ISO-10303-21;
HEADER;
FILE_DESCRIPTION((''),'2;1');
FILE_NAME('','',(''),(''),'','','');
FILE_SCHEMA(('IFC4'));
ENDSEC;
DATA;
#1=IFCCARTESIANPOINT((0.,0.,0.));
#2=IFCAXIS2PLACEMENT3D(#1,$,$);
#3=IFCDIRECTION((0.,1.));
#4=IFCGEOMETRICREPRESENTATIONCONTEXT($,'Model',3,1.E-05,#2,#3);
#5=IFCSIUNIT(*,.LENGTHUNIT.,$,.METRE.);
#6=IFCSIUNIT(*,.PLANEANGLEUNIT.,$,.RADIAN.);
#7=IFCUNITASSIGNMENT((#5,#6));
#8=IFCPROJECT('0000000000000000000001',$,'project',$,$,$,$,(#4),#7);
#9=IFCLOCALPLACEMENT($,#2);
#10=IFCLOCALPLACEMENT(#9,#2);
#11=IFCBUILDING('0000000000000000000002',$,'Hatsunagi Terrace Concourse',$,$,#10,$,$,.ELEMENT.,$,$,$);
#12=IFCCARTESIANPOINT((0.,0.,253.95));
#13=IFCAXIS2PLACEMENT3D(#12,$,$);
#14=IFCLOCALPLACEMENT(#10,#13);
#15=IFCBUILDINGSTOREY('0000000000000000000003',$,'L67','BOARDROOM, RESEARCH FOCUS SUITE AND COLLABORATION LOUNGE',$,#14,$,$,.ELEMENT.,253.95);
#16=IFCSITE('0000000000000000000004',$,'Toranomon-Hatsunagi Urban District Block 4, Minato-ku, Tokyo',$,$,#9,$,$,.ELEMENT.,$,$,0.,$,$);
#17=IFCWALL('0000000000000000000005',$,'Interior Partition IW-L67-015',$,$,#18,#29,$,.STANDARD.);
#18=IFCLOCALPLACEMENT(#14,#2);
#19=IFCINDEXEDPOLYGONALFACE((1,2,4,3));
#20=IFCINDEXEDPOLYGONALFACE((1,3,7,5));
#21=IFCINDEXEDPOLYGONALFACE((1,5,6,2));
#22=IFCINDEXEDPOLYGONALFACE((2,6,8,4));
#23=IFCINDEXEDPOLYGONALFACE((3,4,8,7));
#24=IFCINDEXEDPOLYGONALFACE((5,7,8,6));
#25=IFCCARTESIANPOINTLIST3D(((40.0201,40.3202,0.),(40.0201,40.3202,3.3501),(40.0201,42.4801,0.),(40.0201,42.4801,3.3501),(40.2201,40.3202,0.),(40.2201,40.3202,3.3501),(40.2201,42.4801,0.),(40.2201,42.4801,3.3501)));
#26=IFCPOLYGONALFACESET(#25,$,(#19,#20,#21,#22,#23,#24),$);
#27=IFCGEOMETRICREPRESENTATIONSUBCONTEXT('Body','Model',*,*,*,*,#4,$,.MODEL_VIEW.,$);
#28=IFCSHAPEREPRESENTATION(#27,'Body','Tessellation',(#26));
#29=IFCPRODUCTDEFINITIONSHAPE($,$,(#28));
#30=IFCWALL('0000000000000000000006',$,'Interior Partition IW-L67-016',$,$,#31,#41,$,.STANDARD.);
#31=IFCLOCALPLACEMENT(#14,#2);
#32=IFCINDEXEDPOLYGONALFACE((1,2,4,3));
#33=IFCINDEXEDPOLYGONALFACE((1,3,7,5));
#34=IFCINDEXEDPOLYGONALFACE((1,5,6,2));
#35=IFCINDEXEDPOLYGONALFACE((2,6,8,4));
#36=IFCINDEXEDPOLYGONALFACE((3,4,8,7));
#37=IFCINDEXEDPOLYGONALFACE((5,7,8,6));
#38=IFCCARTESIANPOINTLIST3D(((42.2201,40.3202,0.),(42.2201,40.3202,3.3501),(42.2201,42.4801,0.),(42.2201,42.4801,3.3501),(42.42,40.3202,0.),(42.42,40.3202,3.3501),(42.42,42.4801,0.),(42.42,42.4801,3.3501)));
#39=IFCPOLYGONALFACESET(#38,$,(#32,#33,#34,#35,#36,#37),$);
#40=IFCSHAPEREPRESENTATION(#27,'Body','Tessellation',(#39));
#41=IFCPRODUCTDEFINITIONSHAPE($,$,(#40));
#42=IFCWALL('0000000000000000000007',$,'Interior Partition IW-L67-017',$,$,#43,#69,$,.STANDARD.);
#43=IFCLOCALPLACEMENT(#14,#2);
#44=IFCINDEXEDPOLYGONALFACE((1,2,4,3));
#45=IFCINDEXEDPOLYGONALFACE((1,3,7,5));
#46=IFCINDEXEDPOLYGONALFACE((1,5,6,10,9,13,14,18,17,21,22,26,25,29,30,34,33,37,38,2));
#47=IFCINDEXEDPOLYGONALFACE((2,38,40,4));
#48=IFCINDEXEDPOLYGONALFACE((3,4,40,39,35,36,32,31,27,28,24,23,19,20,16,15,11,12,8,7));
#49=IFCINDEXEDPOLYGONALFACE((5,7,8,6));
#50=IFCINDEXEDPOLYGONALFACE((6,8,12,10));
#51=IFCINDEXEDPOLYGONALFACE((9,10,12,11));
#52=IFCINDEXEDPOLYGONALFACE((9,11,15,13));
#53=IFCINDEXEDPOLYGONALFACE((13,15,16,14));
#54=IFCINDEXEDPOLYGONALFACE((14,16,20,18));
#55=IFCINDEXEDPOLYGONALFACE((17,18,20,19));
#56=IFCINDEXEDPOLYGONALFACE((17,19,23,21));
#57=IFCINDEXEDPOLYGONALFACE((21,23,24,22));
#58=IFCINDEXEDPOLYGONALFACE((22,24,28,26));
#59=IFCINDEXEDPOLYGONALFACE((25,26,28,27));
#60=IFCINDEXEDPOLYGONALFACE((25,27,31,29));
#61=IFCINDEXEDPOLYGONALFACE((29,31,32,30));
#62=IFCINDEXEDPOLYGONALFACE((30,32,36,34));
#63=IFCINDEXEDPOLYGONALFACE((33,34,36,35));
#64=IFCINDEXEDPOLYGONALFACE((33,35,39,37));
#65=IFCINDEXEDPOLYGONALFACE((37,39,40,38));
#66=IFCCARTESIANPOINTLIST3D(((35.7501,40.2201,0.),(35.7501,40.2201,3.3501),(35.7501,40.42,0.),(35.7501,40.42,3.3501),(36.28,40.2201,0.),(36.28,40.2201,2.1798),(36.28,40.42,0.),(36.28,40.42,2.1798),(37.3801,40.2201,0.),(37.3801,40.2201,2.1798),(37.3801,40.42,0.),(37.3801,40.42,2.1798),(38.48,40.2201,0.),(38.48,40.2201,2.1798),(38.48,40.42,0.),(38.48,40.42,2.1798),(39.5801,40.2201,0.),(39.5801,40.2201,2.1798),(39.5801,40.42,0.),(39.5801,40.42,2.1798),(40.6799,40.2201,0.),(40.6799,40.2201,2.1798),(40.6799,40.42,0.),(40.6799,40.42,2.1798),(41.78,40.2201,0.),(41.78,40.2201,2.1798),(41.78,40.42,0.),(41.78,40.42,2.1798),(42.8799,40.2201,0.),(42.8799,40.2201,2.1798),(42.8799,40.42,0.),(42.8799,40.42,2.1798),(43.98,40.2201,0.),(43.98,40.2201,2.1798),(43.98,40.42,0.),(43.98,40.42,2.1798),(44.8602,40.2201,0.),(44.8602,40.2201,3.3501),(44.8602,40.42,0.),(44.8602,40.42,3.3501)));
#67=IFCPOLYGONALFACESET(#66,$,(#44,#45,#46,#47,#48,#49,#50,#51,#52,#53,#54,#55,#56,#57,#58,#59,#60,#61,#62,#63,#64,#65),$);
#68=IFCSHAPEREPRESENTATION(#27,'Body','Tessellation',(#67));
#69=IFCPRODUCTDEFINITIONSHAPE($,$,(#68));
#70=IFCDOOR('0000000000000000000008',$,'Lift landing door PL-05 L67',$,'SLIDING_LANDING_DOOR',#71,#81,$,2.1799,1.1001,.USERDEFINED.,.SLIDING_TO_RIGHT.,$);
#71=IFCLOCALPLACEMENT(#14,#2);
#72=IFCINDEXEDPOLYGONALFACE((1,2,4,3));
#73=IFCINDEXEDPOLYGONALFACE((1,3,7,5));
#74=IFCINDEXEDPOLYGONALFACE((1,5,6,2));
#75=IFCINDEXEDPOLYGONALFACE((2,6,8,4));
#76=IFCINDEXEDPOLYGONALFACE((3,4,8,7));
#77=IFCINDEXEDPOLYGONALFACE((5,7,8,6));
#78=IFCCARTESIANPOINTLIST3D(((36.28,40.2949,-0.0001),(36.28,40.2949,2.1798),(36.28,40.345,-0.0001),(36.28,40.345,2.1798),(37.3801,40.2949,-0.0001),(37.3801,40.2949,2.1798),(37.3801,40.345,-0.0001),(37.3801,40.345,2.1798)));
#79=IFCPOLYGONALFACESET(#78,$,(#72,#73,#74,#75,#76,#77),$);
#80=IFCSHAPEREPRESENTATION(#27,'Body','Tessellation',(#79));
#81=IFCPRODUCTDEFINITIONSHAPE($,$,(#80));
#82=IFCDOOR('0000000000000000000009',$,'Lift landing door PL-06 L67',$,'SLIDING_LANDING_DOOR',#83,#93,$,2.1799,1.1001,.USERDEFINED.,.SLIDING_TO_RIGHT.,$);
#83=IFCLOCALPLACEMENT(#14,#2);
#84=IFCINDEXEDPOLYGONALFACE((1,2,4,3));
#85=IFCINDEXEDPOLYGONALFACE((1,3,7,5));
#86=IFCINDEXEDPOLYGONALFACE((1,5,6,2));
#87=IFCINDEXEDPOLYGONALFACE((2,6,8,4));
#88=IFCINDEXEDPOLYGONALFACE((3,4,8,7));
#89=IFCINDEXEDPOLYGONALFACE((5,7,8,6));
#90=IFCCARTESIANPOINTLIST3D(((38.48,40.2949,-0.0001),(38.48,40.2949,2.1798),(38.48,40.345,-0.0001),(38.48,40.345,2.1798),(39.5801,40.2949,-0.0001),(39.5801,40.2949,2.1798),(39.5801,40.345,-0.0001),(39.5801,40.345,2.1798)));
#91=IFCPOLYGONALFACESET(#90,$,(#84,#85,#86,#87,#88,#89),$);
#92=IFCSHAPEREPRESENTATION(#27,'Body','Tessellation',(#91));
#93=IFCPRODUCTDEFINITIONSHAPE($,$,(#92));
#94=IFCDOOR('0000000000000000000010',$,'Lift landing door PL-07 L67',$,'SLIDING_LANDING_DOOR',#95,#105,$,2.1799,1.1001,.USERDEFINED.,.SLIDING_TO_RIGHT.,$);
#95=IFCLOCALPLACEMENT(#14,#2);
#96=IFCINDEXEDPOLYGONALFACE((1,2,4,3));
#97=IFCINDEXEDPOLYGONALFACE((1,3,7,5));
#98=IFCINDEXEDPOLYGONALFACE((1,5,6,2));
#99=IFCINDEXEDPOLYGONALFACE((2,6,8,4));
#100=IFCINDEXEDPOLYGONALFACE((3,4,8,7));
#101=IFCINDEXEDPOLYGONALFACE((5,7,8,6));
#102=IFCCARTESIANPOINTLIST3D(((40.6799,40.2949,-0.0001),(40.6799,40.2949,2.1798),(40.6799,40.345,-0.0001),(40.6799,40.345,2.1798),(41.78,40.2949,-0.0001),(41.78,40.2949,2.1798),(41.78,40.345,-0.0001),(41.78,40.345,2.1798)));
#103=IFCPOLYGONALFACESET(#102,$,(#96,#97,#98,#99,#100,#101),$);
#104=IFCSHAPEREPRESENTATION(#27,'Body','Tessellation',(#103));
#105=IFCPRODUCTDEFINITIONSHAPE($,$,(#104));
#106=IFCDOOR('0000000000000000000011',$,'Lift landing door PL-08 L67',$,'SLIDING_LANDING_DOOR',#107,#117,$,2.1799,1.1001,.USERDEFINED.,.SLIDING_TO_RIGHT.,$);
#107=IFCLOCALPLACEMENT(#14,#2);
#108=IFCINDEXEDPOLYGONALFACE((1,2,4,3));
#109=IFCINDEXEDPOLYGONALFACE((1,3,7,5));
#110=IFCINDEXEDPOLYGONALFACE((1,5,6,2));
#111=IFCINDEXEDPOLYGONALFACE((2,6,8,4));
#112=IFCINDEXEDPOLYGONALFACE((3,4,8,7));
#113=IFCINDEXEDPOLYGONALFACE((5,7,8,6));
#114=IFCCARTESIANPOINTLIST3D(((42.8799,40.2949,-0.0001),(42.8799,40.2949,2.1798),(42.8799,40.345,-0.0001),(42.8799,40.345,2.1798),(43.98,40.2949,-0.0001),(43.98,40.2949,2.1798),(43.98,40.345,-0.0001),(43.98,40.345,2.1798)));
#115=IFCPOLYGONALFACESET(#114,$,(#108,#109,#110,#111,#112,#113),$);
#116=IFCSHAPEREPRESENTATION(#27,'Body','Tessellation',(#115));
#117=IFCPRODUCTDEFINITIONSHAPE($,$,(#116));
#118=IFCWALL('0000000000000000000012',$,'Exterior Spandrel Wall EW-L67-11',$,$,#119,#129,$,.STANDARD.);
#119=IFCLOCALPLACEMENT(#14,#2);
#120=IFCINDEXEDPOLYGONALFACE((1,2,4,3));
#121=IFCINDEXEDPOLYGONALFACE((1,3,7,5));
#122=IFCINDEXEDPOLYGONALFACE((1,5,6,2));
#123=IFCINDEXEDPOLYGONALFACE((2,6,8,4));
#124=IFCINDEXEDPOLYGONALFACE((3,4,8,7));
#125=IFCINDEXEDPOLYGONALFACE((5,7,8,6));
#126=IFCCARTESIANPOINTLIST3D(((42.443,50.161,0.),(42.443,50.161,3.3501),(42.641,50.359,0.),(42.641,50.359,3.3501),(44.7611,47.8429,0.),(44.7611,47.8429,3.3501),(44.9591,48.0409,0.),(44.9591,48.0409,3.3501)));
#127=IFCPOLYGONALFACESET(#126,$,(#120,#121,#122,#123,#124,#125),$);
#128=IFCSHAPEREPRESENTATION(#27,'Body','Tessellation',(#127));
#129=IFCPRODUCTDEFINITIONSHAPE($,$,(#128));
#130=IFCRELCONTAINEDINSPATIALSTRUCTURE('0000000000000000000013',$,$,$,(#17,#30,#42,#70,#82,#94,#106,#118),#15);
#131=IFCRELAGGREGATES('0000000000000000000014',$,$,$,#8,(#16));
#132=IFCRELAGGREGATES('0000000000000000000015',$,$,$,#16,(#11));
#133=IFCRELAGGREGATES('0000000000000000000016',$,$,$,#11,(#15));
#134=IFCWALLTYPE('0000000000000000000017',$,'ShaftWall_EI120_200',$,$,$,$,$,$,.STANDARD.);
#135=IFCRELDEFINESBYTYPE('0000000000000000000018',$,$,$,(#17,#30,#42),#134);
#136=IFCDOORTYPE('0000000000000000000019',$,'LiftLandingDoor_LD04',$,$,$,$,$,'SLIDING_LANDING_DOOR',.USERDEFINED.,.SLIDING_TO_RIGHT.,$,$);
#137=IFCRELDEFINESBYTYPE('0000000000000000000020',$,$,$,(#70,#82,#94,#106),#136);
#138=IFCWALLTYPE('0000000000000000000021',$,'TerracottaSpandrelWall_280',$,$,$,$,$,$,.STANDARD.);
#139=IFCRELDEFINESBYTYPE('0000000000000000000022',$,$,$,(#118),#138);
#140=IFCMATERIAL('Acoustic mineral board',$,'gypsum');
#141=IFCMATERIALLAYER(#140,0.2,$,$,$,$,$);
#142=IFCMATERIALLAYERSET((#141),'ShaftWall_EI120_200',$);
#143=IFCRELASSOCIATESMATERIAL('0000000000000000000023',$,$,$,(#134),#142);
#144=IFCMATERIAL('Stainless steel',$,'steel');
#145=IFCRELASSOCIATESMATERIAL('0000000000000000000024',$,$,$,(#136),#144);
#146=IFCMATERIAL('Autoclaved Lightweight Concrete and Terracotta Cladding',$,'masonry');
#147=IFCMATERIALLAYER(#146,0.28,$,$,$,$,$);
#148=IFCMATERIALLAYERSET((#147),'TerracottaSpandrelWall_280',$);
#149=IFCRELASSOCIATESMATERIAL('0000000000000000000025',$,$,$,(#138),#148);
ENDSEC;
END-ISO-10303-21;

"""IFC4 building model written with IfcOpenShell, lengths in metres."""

from ifc_helpers import new_model, si_unit, direction, frame, frame_2d, origin, place, context, subcontext, project, spatial, rectangle, extrude, material, layer, layer_set, type_object, element, fill, save


model = new_model("IFC4")

# Units and contexts
model_context = context("Model", 3, precision=1e-05, world=origin(), true_north=direction((0.0, 1.0)))
body_context = subcontext(model_context, "Body", "Model", "MODEL_VIEW")
ifc_project = project(units=[si_unit("LENGTHUNIT", "METRE"), si_unit("PLANEANGLEUNIT", "RADIAN")], contexts=[model_context])

# Site, building, storey
site_placement = place(None, origin())
site = spatial("IfcSite", under=ifc_project, at=site_placement, Name="Toranomon-Hatsunagi Urban District Block 4, Minato-ku, Tokyo", CompositionType="ELEMENT", RefElevation=0.0)
building_placement = place(site_placement, origin())
building = spatial("IfcBuilding", under=site, at=building_placement, Name="Hatsunagi Terrace Concourse", CompositionType="ELEMENT")
storey_placement = place(building_placement, frame((0.0, 0.0, 253.95)))
storey = spatial("IfcBuildingStorey", under=building, at=storey_placement, Name="L67", Description="BOARDROOM, RESEARCH FOCUS SUITE AND COLLABORATION LOUNGE", CompositionType="ELEMENT", Elevation=253.95)

# Walls
ifc_material_1 = material(Name="Acoustic mineral board", Category="gypsum")
ifc_layer_1 = layer(ifc_material_1, 0.2)
ifc_layer_set_1 = layer_set([ifc_layer_1], Name="ShaftWall_EI120_200")
wall_type_1 = type_object("IfcWallType", Name="ShaftWall_EI120_200", PredefinedType="STANDARD", material=ifc_layer_set_1)
for number, where, z_axis, x_axis, name in (
    (1, (40.1201, 40.3201, 0.0), (0.0, 0.0, 1.0), (0.0, 1.0, 0.0), "Interior Partition IW-L67-015"),
    (2, (42.3201, 40.3201, 0.0), (0.0, 0.0, 1.0), (0.0, 1.0, 0.0), "Interior Partition IW-L67-016"),
):
    element("IfcWall", number, at=place(storey_placement, frame(where, z_axis=z_axis, x_axis=x_axis)), inside=storey, type_object=wall_type_1, Name=name, PredefinedType="STANDARD", context=body_context, shape_type="SweptSolid", body=[
        extrude(rectangle(XDim=2.1599, YDim=0.2, at=frame_2d((1.0801, 0.0))), origin(), (0.0, 0.0, 1.0), 3.3501),
    ])

# Wall, openings, doors
wall_1_placement = place(storey_placement, frame((35.75, 40.3201, 0.0), z_axis=(0.0, 0.0, 1.0), x_axis=(1.0, 0.0, 0.0)))
wall_1 = element("IfcWall", 3, at=wall_1_placement, inside=storey, type_object=wall_type_1, Name="Interior Partition IW-L67-017", PredefinedType="STANDARD", context=body_context, shape_type="SweptSolid", body=[
    extrude(rectangle(XDim=9.1101, YDim=0.2, at=frame_2d((4.5552, 0.0))), origin(), (0.0, 0.0, 1.0), 3.3501),
])
opening_1_placement = place(wall_1_placement, frame((0.53, 0.0, 0.0)))
opening_1 = element("IfcOpeningElement", 4, at=opening_1_placement, cuts=wall_1, PredefinedType="OPENING", context=body_context, shape_type="SweptSolid", body=[
    extrude(rectangle(XDim=1.1001, YDim=2.1799, at=frame_2d((0.55, 1.0898))), frame((0.0, 0.1099, 0.0), z_axis=(0.0, -1.0, 0.0), x_axis=(1.0, 0.0, 0.0)), (0.0, 0.0, 1.0), 0.22),
])
opening_2_placement = place(wall_1_placement, frame((2.73, 0.0, 0.0)))
opening_2 = element("IfcOpeningElement", 5, at=opening_2_placement, cuts=wall_1, PredefinedType="OPENING", context=body_context, shape_type="SweptSolid", body=[
    extrude(rectangle(XDim=1.1001, YDim=2.1799, at=frame_2d((0.55, 1.0898))), frame((0.0, 0.1099, 0.0), z_axis=(0.0, -1.0, 0.0), x_axis=(1.0, 0.0, 0.0)), (0.0, 0.0, 1.0), 0.22),
])
opening_3_placement = place(wall_1_placement, frame((4.9299, 0.0, 0.0)))
opening_3 = element("IfcOpeningElement", 6, at=opening_3_placement, cuts=wall_1, PredefinedType="OPENING", context=body_context, shape_type="SweptSolid", body=[
    extrude(rectangle(XDim=1.1001, YDim=2.1799, at=frame_2d((0.55, 1.0898))), frame((0.0, 0.1099, 0.0), z_axis=(0.0, -1.0, 0.0), x_axis=(1.0, 0.0, 0.0)), (0.0, 0.0, 1.0), 0.22),
])
opening_4_placement = place(wall_1_placement, frame((7.1299, 0.0, 0.0)))
opening_4 = element("IfcOpeningElement", 7, at=opening_4_placement, cuts=wall_1, PredefinedType="OPENING", context=body_context, shape_type="SweptSolid", body=[
    extrude(rectangle(XDim=1.1001, YDim=2.1799, at=frame_2d((0.55, 1.0898))), frame((0.0, 0.1099, 0.0), z_axis=(0.0, -1.0, 0.0), x_axis=(1.0, 0.0, 0.0)), (0.0, 0.0, 1.0), 0.22),
])
ifc_material_2 = material(Name="Stainless steel", Category="steel")
door_type_1 = type_object("IfcDoorType", Name="LiftLandingDoor_LD04", ElementType="SLIDING_LANDING_DOOR", OperationType="SLIDING_TO_RIGHT", PredefinedType="USERDEFINED", material=ifc_material_2)
door_1_placement = place(opening_1_placement, origin())
door_1 = element("IfcDoor", 8, at=door_1_placement, inside=storey, type_object=door_type_1, Name="Lift landing door PL-05 L67", ObjectType="SLIDING_LANDING_DOOR", OperationType="SLIDING_TO_RIGHT", OverallHeight=2.1799, OverallWidth=1.1001, PredefinedType="USERDEFINED", context=body_context, shape_type="SweptSolid", body=[
    extrude(rectangle(XDim=1.1001, YDim=2.1799, at=frame_2d((0.55, 1.0898))), frame((0.0, 0.0249, 0.0), z_axis=(0.0, -1.0, 0.0), x_axis=(1.0, 0.0, 0.0)), (0.0, 0.0, 1.0), 0.05),
])
fill(opening_1, door_1)
door_2_placement = place(opening_2_placement, origin())
door_2 = element("IfcDoor", 9, at=door_2_placement, inside=storey, type_object=door_type_1, Name="Lift landing door PL-06 L67", ObjectType="SLIDING_LANDING_DOOR", OperationType="SLIDING_TO_RIGHT", OverallHeight=2.1799, OverallWidth=1.1001, PredefinedType="USERDEFINED", context=body_context, shape_type="SweptSolid", body=[
    extrude(rectangle(XDim=1.1001, YDim=2.1799, at=frame_2d((0.55, 1.0898))), frame((0.0, 0.0249, 0.0), z_axis=(0.0, -1.0, 0.0), x_axis=(1.0, 0.0, 0.0)), (0.0, 0.0, 1.0), 0.05),
])
fill(opening_2, door_2)
door_3_placement = place(opening_3_placement, origin())
door_3 = element("IfcDoor", 10, at=door_3_placement, inside=storey, type_object=door_type_1, Name="Lift landing door PL-07 L67", ObjectType="SLIDING_LANDING_DOOR", OperationType="SLIDING_TO_RIGHT", OverallHeight=2.1799, OverallWidth=1.1001, PredefinedType="USERDEFINED", context=body_context, shape_type="SweptSolid", body=[
    extrude(rectangle(XDim=1.1001, YDim=2.1799, at=frame_2d((0.55, 1.0898))), frame((0.0, 0.0249, 0.0), z_axis=(0.0, -1.0, 0.0), x_axis=(1.0, 0.0, 0.0)), (0.0, 0.0, 1.0), 0.05),
])
fill(opening_3, door_3)
door_4_placement = place(opening_4_placement, origin())
door_4 = element("IfcDoor", 11, at=door_4_placement, inside=storey, type_object=door_type_1, Name="Lift landing door PL-08 L67", ObjectType="SLIDING_LANDING_DOOR", OperationType="SLIDING_TO_RIGHT", OverallHeight=2.1799, OverallWidth=1.1001, PredefinedType="USERDEFINED", context=body_context, shape_type="SweptSolid", body=[
    extrude(rectangle(XDim=1.1001, YDim=2.1799, at=frame_2d((0.55, 1.0898))), frame((0.0, 0.0249, 0.0), z_axis=(0.0, -1.0, 0.0), x_axis=(1.0, 0.0, 0.0)), (0.0, 0.0, 1.0), 0.05),
])
fill(opening_4, door_4)

# Wall
ifc_material_3 = material(Name="Autoclaved Lightweight Concrete and Terracotta Cladding", Category="masonry")
ifc_layer_2 = layer(ifc_material_3, 0.28)
ifc_layer_set_2 = layer_set([ifc_layer_2], Name="TerracottaSpandrelWall_280")
wall_type_2 = type_object("IfcWallType", Name="TerracottaSpandrelWall_280", PredefinedType="STANDARD", material=ifc_layer_set_2)
wall_2_placement = place(storey_placement, frame((42.542, 50.26, 0.0), z_axis=(0.0, 0.0, 1.0), x_axis=(0.707107, -0.707107, 0.0)))
element("IfcWall", 12, at=wall_2_placement, inside=storey, type_object=wall_type_2, Name="Exterior Spandrel Wall EW-L67-11", PredefinedType="STANDARD", context=body_context, shape_type="SweptSolid", body=[
    extrude(rectangle(XDim=3.2783, YDim=0.28, at=frame_2d((1.6392, 0.0))), origin(), (0.0, 0.0, 1.0), 3.3501),
])

save(model, "model.ifc")
